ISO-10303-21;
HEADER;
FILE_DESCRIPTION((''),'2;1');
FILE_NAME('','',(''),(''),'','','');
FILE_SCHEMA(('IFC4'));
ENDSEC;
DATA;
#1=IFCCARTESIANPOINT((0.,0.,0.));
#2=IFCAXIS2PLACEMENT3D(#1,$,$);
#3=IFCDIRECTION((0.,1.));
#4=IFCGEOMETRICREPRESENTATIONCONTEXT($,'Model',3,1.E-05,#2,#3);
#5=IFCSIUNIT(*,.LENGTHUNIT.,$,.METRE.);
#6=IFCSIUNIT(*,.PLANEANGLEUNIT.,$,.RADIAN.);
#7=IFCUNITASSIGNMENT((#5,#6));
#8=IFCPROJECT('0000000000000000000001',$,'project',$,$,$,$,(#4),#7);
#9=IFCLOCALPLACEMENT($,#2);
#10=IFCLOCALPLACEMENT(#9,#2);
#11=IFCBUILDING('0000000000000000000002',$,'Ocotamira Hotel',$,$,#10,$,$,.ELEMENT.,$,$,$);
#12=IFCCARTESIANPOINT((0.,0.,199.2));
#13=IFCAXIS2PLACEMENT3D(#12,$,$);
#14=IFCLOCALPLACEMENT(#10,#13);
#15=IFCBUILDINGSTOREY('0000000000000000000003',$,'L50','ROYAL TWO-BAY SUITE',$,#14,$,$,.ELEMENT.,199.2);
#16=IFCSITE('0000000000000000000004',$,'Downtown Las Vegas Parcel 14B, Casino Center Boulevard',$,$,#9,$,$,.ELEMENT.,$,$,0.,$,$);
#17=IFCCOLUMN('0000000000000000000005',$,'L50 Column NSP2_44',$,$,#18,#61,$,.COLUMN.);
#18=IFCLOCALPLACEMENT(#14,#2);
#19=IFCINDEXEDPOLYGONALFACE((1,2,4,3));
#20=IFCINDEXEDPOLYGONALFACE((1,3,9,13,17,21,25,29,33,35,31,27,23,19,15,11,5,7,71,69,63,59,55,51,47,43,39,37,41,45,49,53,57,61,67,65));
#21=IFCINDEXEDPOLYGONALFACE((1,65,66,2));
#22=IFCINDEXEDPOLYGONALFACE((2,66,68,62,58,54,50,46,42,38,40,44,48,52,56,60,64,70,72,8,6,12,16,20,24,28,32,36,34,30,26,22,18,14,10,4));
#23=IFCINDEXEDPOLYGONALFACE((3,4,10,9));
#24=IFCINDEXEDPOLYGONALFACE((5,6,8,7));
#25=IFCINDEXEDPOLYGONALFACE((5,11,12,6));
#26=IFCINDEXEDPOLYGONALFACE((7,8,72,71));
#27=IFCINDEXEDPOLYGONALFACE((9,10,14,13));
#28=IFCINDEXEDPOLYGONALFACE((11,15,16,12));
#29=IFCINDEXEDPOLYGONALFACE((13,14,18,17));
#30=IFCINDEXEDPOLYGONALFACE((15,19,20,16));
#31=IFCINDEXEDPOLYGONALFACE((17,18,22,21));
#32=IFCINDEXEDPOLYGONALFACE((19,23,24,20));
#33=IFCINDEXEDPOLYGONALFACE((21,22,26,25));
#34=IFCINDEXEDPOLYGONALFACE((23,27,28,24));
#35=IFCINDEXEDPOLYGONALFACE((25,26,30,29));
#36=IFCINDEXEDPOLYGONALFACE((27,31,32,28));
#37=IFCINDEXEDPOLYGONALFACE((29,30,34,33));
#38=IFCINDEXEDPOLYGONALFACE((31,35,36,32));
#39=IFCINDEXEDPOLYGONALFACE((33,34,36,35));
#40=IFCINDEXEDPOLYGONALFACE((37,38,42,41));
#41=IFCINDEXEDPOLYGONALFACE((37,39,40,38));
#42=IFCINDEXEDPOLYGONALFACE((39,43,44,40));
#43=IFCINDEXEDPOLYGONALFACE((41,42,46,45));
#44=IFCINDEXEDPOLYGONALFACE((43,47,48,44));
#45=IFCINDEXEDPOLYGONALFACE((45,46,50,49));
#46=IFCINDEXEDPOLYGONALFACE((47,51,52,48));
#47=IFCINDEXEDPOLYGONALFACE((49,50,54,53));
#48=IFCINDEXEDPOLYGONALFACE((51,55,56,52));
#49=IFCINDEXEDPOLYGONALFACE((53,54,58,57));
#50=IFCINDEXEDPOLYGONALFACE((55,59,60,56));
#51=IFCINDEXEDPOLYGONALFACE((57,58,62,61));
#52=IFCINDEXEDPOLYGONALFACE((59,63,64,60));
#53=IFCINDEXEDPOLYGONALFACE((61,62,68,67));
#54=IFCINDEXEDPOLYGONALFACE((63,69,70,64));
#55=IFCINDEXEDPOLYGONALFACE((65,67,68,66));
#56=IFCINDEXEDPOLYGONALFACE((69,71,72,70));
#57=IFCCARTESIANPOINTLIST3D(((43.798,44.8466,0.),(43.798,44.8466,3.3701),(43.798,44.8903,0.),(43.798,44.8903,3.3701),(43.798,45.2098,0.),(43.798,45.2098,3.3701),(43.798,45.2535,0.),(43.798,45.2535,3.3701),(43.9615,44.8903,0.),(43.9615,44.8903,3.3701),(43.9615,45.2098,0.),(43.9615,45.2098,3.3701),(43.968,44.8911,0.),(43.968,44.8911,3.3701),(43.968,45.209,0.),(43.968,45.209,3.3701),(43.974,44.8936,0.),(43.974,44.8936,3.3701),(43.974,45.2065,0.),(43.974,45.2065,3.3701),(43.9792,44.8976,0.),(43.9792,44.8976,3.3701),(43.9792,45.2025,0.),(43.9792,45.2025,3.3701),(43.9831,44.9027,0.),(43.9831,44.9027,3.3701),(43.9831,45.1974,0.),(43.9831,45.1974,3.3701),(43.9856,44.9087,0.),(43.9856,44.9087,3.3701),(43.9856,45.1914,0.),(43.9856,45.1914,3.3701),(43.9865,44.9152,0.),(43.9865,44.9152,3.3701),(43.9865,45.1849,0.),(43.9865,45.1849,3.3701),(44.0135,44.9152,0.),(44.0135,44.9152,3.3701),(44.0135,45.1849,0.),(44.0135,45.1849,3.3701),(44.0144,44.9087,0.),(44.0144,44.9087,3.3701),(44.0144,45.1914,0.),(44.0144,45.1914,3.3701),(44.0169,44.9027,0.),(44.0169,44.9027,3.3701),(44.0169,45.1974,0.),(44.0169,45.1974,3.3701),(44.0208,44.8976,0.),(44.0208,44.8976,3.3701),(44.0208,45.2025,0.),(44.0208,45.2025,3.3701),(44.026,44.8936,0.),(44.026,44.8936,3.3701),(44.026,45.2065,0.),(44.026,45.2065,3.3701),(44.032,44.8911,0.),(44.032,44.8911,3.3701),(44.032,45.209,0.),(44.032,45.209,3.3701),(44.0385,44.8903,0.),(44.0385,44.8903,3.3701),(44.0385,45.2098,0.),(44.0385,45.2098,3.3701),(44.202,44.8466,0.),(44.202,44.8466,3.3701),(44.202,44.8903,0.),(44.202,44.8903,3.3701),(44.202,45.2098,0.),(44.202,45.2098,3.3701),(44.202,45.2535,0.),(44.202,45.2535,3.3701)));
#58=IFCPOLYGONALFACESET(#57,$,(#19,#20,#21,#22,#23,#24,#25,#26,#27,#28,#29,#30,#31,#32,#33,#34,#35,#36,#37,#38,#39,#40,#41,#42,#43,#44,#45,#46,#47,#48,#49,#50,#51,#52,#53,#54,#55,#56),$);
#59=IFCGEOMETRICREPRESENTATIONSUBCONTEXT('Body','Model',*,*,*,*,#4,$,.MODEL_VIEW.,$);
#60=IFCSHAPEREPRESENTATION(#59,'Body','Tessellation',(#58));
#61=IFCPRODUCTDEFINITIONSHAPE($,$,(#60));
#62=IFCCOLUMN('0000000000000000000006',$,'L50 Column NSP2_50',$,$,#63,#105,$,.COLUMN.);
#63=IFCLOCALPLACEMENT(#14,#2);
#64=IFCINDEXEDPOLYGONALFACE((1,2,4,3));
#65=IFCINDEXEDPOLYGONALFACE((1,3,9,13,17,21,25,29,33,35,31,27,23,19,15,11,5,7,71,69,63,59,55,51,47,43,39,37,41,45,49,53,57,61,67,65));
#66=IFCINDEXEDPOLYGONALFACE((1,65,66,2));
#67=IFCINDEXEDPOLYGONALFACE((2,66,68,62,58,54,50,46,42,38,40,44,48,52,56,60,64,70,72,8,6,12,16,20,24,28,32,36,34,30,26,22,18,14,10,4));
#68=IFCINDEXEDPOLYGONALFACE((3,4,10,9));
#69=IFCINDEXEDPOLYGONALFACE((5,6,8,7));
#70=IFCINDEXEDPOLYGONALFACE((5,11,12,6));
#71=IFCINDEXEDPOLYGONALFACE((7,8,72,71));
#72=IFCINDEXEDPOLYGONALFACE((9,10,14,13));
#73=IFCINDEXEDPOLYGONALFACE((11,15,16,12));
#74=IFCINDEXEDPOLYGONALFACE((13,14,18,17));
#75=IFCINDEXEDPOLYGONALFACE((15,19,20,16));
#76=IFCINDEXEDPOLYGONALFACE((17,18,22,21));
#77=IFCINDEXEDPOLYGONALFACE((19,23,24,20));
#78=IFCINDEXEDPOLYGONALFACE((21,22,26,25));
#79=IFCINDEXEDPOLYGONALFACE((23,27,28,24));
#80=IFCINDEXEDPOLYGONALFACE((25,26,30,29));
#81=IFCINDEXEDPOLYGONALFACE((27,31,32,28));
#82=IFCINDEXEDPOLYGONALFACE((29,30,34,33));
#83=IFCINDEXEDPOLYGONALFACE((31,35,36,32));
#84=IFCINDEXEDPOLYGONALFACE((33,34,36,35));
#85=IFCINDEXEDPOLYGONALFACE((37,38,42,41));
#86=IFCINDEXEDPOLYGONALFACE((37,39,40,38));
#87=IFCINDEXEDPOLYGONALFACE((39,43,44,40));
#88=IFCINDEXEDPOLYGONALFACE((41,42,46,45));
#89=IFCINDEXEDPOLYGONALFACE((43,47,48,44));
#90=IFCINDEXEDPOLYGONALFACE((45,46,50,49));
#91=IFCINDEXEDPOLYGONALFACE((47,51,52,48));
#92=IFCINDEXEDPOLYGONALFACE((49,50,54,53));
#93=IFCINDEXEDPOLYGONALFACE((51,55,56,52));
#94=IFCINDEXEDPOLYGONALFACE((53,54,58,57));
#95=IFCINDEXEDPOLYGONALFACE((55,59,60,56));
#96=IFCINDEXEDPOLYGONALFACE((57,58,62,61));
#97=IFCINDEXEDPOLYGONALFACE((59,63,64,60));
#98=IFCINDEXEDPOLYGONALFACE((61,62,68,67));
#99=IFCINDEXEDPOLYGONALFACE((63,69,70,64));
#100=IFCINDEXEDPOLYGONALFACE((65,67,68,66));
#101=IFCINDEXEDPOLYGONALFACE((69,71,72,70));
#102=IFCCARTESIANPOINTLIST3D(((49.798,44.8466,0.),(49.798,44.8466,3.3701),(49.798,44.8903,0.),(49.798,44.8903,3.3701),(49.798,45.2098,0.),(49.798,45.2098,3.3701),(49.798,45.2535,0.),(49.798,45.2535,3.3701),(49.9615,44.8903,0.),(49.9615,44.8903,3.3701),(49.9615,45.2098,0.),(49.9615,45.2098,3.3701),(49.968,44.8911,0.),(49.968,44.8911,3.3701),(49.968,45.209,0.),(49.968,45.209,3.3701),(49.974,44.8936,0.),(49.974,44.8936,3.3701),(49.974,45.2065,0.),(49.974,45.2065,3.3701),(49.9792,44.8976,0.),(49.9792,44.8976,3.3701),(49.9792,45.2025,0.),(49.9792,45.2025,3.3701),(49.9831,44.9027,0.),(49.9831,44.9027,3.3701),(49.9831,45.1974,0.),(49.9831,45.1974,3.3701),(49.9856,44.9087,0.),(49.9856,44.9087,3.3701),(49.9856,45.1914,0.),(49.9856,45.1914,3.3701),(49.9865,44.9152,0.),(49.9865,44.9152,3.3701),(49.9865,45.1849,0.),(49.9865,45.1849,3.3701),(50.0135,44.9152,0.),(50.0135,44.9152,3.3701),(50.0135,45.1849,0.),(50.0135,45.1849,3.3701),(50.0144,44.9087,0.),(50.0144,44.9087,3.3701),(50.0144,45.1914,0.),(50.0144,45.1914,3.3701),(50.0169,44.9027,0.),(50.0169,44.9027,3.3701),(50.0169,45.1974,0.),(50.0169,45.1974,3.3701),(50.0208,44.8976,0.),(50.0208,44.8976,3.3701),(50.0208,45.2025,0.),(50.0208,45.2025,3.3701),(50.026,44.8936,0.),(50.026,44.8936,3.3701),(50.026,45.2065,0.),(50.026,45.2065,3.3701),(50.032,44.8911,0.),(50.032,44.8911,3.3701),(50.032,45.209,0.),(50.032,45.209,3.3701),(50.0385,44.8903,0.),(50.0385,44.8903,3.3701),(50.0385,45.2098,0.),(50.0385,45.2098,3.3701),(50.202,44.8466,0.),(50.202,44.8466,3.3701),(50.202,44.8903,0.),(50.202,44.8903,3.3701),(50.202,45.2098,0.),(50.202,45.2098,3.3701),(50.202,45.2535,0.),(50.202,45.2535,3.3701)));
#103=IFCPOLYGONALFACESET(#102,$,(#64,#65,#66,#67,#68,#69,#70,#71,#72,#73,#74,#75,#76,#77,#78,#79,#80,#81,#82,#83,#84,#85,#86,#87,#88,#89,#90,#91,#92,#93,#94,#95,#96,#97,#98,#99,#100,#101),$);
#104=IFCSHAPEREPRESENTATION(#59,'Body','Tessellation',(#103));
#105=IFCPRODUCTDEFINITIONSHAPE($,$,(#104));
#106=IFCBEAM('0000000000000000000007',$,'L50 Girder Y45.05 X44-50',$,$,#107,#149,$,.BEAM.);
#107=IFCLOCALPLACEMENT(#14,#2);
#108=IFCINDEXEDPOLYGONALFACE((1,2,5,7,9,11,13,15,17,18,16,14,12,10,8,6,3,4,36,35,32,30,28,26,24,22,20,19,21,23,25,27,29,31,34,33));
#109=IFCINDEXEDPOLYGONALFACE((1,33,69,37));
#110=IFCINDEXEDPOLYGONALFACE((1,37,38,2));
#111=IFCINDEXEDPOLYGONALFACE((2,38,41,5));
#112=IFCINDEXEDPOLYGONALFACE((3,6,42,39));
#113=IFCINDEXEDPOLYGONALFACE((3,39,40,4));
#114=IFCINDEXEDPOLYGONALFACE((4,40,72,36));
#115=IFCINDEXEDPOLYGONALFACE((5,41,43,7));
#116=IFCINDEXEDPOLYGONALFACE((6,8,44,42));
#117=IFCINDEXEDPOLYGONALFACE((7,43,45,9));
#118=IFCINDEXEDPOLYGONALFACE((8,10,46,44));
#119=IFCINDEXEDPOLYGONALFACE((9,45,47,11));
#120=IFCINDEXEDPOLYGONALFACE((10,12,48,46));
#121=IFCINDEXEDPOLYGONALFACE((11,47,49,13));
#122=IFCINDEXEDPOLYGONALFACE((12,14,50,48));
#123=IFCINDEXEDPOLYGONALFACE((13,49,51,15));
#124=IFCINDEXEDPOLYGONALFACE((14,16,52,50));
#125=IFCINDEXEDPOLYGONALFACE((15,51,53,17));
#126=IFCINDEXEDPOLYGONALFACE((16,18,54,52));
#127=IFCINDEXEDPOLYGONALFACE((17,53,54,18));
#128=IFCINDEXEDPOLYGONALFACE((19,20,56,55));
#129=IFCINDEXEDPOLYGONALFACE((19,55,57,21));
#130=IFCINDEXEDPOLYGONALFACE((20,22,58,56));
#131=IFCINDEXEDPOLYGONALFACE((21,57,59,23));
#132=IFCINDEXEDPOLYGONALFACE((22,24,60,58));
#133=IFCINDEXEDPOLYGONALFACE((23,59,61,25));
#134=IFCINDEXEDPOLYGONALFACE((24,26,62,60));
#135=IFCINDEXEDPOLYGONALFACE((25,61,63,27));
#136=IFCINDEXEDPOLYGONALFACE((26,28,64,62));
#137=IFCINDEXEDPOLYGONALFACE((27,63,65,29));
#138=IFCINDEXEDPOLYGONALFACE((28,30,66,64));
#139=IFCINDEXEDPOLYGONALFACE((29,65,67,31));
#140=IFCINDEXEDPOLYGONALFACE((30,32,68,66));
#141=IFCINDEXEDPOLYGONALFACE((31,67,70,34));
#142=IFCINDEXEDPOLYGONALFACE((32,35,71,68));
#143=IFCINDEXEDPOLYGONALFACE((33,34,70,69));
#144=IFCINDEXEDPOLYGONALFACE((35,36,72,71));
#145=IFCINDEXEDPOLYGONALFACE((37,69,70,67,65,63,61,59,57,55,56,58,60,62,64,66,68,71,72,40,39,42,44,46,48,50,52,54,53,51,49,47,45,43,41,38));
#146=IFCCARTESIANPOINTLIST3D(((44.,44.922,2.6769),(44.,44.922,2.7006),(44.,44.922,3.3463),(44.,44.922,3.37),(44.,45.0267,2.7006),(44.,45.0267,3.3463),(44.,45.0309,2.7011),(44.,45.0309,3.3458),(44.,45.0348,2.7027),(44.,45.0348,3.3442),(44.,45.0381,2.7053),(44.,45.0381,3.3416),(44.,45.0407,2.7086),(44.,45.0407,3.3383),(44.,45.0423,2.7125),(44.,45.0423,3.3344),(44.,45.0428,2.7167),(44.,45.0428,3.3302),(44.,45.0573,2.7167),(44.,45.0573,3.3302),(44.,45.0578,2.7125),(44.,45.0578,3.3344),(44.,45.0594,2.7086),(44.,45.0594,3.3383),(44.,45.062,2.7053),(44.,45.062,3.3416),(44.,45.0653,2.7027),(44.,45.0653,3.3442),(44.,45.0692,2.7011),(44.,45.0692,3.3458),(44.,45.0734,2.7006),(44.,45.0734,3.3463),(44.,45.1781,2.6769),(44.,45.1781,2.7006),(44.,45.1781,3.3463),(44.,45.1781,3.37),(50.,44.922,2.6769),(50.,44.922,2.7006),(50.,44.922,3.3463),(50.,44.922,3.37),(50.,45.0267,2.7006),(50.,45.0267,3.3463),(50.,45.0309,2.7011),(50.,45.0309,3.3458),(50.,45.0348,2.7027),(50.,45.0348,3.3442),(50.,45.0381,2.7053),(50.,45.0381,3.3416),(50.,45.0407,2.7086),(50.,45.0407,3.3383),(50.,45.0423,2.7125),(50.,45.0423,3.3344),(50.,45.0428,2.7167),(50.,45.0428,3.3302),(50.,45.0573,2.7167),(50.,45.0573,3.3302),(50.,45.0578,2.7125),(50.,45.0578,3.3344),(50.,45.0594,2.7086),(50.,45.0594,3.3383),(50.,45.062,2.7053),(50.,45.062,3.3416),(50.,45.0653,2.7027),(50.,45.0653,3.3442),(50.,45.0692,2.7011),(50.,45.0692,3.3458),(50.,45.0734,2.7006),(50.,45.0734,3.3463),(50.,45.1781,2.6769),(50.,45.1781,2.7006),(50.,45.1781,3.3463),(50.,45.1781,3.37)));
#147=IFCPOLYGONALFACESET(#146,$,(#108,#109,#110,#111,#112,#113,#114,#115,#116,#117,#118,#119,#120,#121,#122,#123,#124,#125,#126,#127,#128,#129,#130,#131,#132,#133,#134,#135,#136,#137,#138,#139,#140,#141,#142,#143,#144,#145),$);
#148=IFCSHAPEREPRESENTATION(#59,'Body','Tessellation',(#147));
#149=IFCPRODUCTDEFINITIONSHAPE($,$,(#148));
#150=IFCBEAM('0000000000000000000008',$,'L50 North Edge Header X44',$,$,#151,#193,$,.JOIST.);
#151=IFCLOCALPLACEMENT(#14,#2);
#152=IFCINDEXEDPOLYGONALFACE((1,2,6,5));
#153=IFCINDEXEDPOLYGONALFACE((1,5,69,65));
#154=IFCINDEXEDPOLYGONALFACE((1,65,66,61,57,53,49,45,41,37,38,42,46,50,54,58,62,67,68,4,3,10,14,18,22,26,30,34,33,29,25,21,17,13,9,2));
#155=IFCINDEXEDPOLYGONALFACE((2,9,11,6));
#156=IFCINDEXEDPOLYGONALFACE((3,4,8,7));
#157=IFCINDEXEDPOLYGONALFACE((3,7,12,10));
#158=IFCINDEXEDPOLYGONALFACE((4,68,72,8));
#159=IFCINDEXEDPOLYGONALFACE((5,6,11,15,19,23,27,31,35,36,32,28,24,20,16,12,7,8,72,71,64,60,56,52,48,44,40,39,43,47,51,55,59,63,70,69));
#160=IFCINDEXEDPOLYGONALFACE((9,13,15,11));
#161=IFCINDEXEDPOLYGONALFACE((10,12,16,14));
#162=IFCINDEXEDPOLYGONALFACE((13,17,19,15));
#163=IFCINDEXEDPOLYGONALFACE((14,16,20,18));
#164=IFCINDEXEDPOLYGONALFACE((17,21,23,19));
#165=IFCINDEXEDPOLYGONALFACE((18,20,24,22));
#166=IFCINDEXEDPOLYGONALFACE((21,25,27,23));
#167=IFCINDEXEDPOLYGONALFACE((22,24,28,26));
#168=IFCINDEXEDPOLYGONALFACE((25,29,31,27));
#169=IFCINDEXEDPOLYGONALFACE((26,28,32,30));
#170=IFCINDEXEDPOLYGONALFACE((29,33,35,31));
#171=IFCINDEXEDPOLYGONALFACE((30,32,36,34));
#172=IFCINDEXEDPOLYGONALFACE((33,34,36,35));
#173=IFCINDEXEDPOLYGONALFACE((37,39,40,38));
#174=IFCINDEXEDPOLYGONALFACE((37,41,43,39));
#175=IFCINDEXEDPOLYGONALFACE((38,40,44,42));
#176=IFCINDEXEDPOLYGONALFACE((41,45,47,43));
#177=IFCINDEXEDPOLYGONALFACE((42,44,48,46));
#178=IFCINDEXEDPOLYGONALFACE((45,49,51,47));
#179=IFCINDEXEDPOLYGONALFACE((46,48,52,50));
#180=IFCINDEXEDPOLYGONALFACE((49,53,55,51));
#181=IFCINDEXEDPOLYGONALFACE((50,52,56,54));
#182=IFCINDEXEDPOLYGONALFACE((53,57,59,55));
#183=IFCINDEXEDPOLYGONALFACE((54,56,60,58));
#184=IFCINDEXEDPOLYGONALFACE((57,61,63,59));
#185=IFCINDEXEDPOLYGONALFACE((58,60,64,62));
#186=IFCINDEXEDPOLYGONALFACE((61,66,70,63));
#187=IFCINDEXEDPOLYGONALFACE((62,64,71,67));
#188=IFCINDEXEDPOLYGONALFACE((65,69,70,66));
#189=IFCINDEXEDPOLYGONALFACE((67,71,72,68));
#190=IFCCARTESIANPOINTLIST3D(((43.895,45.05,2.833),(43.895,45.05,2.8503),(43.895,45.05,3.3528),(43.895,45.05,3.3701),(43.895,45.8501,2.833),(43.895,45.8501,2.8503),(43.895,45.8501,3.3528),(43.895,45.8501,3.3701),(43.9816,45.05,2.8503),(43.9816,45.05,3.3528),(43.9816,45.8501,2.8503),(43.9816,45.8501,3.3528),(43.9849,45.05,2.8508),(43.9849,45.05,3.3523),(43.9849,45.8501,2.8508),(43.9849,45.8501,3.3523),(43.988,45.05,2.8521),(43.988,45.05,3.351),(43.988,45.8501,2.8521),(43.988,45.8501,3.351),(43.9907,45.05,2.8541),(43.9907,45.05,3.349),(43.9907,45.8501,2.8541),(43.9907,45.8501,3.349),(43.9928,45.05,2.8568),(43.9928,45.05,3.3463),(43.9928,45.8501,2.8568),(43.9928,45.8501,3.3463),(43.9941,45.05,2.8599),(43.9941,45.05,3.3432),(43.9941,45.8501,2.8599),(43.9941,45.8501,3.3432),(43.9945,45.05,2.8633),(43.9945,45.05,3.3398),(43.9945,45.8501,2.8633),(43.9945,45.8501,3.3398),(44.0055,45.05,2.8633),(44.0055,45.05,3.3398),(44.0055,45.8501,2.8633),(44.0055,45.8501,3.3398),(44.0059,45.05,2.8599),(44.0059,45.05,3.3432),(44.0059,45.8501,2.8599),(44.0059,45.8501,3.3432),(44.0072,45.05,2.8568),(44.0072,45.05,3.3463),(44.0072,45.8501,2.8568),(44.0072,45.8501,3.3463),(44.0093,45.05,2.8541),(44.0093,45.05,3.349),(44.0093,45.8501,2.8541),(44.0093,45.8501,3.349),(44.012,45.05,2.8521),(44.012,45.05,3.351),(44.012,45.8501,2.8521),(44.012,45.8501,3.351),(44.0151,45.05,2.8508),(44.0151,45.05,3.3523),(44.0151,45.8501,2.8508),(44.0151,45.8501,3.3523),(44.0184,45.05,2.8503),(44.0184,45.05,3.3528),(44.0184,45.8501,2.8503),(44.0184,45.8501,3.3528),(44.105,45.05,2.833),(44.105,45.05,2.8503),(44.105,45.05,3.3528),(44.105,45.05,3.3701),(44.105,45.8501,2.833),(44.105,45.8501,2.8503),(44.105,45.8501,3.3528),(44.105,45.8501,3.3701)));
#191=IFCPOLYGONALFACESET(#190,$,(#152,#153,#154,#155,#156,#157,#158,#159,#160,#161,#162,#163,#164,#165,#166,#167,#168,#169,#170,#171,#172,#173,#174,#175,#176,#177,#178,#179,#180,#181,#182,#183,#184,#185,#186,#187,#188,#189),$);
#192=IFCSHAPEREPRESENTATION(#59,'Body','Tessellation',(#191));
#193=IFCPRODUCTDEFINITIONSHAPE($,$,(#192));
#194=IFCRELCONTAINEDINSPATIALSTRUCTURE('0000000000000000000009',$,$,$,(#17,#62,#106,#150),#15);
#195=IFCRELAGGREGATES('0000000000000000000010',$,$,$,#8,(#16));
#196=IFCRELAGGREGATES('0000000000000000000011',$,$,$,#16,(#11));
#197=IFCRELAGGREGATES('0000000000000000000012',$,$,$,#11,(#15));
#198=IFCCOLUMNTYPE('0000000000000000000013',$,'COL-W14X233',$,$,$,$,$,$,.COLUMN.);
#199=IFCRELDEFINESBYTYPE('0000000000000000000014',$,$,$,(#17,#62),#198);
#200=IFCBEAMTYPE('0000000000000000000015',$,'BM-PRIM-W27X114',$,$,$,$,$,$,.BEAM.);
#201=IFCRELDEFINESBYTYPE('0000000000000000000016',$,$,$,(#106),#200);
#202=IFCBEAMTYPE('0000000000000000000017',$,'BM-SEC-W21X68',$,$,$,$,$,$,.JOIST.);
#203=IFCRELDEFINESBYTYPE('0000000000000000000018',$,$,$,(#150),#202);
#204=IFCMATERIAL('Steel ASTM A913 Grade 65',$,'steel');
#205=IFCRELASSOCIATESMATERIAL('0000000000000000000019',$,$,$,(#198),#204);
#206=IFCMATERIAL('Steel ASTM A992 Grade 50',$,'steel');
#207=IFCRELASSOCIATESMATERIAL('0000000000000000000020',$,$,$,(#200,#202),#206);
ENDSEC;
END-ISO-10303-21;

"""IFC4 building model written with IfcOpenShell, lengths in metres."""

from ifc_helpers import new_model, si_unit, direction, frame, origin, origin_2d, place, context, subcontext, project, spatial, i_section, extrude, source, transform, mapped, material, material_profile, profile_set, type_object, element, save


model = new_model("IFC4")

# Units and contexts
model_context = context("Model", 3, precision=1e-05, world=origin(), true_north=direction((0.0, 1.0)))
body_context = subcontext(model_context, "Body", "Model", "MODEL_VIEW")
ifc_project = project(units=[si_unit("LENGTHUNIT", "METRE"), si_unit("PLANEANGLEUNIT", "RADIAN")], contexts=[model_context])

# Site, building, storey
site_placement = place(None, origin())
site = spatial("IfcSite", under=ifc_project, at=site_placement, Name="Downtown Las Vegas Parcel 14B, Casino Center Boulevard", CompositionType="ELEMENT", RefElevation=0.0)
building_placement = place(site_placement, origin())
building = spatial("IfcBuilding", under=site, at=building_placement, Name="Ocotamira Hotel", CompositionType="ELEMENT")
storey_placement = place(building_placement, frame((0.0, 0.0, 199.2)))
storey = spatial("IfcBuildingStorey", under=building, at=storey_placement, Name="L50", Description="ROYAL TWO-BAY SUITE", CompositionType="ELEMENT", Elevation=199.2)

# Columns
ifc_material_1 = material(Name="Steel ASTM A913 Grade 65", Category="steel")
ifc_material_profile_1 = material_profile(ifc_material_1, i_section(OverallWidth=0.4041, OverallDepth=0.407, WebThickness=0.0271, FlangeThickness=0.0437, FilletRadius=0.0249, at=origin_2d()), Name="W14X233")
ifc_profile_set_1 = profile_set([ifc_material_profile_1], Name="Steel ASTM A913 Grade 65")
column_type = type_object("IfcColumnType", Name="COL-W14X233", PredefinedType="COLUMN", material=ifc_profile_set_1)
shared_shape_1 = source(origin(), body_context, "Body", "SweptSolid", [
    extrude(i_section(OverallWidth=0.4041, OverallDepth=0.407, WebThickness=0.0271, FlangeThickness=0.0437, FilletRadius=0.0249, at=origin_2d()), origin(), (0.0, 0.0, 1.0), 3.3701),
])
for number, where, z_axis, x_axis, name in (
    (1, (44.0, 45.05, 0.0), (0.0, 0.0, 1.0), (1.0, 0.0, 0.0), "L50 Column NSP2_44"),
    (2, (50.0, 45.05, 0.0), (0.0, 0.0, 1.0), (1.0, 0.0, 0.0), "L50 Column NSP2_50"),
):
    element("IfcColumn", number, at=place(storey_placement, frame(where, z_axis=z_axis, x_axis=x_axis)), inside=storey, type_object=column_type, Name=name, PredefinedType="COLUMN", context=body_context, shape_type="MappedRepresentation", body=[
        mapped(shared_shape_1, transform((0.0, 0.0, 0.0), scale=1.0)),
    ])

# Beams
ifc_material_2 = material(Name="Steel ASTM A992 Grade 50", Category="steel")
ifc_material_profile_2 = material_profile(ifc_material_2, i_section(OverallWidth=0.2561, OverallDepth=0.6931, WebThickness=0.0144, FlangeThickness=0.0237, FilletRadius=0.0161, at=origin_2d()), Name="W27X114")
ifc_profile_set_2 = profile_set([ifc_material_profile_2], Name="Steel ASTM A992 Grade 50")
beam_type_1 = type_object("IfcBeamType", Name="BM-PRIM-W27X114", PredefinedType="BEAM", material=ifc_profile_set_2)
shared_shape_2 = source(origin(), body_context, "Body", "SweptSolid", [
    extrude(i_section(OverallWidth=0.2561, OverallDepth=0.6931, WebThickness=0.0144, FlangeThickness=0.0237, FilletRadius=0.0161, at=origin_2d()), origin(), (0.0, 0.0, 1.0), 6.0),
])
beam_1_placement = place(storey_placement, frame((44.0, 45.05, 3.0234), z_axis=(1.0, 0.0, 0.0), x_axis=(0.0, 1.0, 0.0)))
element("IfcBeam", 3, at=beam_1_placement, inside=storey, type_object=beam_type_1, Name="L50 Girder Y45.05 X44-50", PredefinedType="BEAM", context=body_context, shape_type="MappedRepresentation", body=[
    mapped(shared_shape_2, transform((0.0, 0.0, 0.0), scale=1.0)),
])
ifc_material_profile_3 = material_profile(ifc_material_2, i_section(OverallWidth=0.21, OverallDepth=0.5371, WebThickness=0.011, FlangeThickness=0.0173, FilletRadius=0.0129, at=origin_2d()), Name="W21X68")
ifc_profile_set_3 = profile_set([ifc_material_profile_3], Name="Steel ASTM A992 Grade 50")
beam_type_2 = type_object("IfcBeamType", Name="BM-SEC-W21X68", PredefinedType="JOIST", material=ifc_profile_set_3)
shared_shape_3 = source(origin(), body_context, "Body", "SweptSolid", [
    extrude(i_section(OverallWidth=0.21, OverallDepth=0.5371, WebThickness=0.011, FlangeThickness=0.0173, FilletRadius=0.0129, at=origin_2d()), origin(), (0.0, 0.0, 1.0), 0.8),
])
for number, where, z_axis, x_axis, name in (
    (4, (44.0, 45.05, 3.1016), (0.0, 1.0, 0.0), (-1.0, 0.0, 0.0), "L50 North Edge Header X44"),
):
    element("IfcBeam", number, at=place(storey_placement, frame(where, z_axis=z_axis, x_axis=x_axis)), inside=storey, type_object=beam_type_2, Name=name, PredefinedType="JOIST", context=body_context, shape_type="MappedRepresentation", body=[
        mapped(shared_shape_3, transform((0.0, 0.0, 0.0), scale=1.0)),
    ])

save(model, "model.ifc")
